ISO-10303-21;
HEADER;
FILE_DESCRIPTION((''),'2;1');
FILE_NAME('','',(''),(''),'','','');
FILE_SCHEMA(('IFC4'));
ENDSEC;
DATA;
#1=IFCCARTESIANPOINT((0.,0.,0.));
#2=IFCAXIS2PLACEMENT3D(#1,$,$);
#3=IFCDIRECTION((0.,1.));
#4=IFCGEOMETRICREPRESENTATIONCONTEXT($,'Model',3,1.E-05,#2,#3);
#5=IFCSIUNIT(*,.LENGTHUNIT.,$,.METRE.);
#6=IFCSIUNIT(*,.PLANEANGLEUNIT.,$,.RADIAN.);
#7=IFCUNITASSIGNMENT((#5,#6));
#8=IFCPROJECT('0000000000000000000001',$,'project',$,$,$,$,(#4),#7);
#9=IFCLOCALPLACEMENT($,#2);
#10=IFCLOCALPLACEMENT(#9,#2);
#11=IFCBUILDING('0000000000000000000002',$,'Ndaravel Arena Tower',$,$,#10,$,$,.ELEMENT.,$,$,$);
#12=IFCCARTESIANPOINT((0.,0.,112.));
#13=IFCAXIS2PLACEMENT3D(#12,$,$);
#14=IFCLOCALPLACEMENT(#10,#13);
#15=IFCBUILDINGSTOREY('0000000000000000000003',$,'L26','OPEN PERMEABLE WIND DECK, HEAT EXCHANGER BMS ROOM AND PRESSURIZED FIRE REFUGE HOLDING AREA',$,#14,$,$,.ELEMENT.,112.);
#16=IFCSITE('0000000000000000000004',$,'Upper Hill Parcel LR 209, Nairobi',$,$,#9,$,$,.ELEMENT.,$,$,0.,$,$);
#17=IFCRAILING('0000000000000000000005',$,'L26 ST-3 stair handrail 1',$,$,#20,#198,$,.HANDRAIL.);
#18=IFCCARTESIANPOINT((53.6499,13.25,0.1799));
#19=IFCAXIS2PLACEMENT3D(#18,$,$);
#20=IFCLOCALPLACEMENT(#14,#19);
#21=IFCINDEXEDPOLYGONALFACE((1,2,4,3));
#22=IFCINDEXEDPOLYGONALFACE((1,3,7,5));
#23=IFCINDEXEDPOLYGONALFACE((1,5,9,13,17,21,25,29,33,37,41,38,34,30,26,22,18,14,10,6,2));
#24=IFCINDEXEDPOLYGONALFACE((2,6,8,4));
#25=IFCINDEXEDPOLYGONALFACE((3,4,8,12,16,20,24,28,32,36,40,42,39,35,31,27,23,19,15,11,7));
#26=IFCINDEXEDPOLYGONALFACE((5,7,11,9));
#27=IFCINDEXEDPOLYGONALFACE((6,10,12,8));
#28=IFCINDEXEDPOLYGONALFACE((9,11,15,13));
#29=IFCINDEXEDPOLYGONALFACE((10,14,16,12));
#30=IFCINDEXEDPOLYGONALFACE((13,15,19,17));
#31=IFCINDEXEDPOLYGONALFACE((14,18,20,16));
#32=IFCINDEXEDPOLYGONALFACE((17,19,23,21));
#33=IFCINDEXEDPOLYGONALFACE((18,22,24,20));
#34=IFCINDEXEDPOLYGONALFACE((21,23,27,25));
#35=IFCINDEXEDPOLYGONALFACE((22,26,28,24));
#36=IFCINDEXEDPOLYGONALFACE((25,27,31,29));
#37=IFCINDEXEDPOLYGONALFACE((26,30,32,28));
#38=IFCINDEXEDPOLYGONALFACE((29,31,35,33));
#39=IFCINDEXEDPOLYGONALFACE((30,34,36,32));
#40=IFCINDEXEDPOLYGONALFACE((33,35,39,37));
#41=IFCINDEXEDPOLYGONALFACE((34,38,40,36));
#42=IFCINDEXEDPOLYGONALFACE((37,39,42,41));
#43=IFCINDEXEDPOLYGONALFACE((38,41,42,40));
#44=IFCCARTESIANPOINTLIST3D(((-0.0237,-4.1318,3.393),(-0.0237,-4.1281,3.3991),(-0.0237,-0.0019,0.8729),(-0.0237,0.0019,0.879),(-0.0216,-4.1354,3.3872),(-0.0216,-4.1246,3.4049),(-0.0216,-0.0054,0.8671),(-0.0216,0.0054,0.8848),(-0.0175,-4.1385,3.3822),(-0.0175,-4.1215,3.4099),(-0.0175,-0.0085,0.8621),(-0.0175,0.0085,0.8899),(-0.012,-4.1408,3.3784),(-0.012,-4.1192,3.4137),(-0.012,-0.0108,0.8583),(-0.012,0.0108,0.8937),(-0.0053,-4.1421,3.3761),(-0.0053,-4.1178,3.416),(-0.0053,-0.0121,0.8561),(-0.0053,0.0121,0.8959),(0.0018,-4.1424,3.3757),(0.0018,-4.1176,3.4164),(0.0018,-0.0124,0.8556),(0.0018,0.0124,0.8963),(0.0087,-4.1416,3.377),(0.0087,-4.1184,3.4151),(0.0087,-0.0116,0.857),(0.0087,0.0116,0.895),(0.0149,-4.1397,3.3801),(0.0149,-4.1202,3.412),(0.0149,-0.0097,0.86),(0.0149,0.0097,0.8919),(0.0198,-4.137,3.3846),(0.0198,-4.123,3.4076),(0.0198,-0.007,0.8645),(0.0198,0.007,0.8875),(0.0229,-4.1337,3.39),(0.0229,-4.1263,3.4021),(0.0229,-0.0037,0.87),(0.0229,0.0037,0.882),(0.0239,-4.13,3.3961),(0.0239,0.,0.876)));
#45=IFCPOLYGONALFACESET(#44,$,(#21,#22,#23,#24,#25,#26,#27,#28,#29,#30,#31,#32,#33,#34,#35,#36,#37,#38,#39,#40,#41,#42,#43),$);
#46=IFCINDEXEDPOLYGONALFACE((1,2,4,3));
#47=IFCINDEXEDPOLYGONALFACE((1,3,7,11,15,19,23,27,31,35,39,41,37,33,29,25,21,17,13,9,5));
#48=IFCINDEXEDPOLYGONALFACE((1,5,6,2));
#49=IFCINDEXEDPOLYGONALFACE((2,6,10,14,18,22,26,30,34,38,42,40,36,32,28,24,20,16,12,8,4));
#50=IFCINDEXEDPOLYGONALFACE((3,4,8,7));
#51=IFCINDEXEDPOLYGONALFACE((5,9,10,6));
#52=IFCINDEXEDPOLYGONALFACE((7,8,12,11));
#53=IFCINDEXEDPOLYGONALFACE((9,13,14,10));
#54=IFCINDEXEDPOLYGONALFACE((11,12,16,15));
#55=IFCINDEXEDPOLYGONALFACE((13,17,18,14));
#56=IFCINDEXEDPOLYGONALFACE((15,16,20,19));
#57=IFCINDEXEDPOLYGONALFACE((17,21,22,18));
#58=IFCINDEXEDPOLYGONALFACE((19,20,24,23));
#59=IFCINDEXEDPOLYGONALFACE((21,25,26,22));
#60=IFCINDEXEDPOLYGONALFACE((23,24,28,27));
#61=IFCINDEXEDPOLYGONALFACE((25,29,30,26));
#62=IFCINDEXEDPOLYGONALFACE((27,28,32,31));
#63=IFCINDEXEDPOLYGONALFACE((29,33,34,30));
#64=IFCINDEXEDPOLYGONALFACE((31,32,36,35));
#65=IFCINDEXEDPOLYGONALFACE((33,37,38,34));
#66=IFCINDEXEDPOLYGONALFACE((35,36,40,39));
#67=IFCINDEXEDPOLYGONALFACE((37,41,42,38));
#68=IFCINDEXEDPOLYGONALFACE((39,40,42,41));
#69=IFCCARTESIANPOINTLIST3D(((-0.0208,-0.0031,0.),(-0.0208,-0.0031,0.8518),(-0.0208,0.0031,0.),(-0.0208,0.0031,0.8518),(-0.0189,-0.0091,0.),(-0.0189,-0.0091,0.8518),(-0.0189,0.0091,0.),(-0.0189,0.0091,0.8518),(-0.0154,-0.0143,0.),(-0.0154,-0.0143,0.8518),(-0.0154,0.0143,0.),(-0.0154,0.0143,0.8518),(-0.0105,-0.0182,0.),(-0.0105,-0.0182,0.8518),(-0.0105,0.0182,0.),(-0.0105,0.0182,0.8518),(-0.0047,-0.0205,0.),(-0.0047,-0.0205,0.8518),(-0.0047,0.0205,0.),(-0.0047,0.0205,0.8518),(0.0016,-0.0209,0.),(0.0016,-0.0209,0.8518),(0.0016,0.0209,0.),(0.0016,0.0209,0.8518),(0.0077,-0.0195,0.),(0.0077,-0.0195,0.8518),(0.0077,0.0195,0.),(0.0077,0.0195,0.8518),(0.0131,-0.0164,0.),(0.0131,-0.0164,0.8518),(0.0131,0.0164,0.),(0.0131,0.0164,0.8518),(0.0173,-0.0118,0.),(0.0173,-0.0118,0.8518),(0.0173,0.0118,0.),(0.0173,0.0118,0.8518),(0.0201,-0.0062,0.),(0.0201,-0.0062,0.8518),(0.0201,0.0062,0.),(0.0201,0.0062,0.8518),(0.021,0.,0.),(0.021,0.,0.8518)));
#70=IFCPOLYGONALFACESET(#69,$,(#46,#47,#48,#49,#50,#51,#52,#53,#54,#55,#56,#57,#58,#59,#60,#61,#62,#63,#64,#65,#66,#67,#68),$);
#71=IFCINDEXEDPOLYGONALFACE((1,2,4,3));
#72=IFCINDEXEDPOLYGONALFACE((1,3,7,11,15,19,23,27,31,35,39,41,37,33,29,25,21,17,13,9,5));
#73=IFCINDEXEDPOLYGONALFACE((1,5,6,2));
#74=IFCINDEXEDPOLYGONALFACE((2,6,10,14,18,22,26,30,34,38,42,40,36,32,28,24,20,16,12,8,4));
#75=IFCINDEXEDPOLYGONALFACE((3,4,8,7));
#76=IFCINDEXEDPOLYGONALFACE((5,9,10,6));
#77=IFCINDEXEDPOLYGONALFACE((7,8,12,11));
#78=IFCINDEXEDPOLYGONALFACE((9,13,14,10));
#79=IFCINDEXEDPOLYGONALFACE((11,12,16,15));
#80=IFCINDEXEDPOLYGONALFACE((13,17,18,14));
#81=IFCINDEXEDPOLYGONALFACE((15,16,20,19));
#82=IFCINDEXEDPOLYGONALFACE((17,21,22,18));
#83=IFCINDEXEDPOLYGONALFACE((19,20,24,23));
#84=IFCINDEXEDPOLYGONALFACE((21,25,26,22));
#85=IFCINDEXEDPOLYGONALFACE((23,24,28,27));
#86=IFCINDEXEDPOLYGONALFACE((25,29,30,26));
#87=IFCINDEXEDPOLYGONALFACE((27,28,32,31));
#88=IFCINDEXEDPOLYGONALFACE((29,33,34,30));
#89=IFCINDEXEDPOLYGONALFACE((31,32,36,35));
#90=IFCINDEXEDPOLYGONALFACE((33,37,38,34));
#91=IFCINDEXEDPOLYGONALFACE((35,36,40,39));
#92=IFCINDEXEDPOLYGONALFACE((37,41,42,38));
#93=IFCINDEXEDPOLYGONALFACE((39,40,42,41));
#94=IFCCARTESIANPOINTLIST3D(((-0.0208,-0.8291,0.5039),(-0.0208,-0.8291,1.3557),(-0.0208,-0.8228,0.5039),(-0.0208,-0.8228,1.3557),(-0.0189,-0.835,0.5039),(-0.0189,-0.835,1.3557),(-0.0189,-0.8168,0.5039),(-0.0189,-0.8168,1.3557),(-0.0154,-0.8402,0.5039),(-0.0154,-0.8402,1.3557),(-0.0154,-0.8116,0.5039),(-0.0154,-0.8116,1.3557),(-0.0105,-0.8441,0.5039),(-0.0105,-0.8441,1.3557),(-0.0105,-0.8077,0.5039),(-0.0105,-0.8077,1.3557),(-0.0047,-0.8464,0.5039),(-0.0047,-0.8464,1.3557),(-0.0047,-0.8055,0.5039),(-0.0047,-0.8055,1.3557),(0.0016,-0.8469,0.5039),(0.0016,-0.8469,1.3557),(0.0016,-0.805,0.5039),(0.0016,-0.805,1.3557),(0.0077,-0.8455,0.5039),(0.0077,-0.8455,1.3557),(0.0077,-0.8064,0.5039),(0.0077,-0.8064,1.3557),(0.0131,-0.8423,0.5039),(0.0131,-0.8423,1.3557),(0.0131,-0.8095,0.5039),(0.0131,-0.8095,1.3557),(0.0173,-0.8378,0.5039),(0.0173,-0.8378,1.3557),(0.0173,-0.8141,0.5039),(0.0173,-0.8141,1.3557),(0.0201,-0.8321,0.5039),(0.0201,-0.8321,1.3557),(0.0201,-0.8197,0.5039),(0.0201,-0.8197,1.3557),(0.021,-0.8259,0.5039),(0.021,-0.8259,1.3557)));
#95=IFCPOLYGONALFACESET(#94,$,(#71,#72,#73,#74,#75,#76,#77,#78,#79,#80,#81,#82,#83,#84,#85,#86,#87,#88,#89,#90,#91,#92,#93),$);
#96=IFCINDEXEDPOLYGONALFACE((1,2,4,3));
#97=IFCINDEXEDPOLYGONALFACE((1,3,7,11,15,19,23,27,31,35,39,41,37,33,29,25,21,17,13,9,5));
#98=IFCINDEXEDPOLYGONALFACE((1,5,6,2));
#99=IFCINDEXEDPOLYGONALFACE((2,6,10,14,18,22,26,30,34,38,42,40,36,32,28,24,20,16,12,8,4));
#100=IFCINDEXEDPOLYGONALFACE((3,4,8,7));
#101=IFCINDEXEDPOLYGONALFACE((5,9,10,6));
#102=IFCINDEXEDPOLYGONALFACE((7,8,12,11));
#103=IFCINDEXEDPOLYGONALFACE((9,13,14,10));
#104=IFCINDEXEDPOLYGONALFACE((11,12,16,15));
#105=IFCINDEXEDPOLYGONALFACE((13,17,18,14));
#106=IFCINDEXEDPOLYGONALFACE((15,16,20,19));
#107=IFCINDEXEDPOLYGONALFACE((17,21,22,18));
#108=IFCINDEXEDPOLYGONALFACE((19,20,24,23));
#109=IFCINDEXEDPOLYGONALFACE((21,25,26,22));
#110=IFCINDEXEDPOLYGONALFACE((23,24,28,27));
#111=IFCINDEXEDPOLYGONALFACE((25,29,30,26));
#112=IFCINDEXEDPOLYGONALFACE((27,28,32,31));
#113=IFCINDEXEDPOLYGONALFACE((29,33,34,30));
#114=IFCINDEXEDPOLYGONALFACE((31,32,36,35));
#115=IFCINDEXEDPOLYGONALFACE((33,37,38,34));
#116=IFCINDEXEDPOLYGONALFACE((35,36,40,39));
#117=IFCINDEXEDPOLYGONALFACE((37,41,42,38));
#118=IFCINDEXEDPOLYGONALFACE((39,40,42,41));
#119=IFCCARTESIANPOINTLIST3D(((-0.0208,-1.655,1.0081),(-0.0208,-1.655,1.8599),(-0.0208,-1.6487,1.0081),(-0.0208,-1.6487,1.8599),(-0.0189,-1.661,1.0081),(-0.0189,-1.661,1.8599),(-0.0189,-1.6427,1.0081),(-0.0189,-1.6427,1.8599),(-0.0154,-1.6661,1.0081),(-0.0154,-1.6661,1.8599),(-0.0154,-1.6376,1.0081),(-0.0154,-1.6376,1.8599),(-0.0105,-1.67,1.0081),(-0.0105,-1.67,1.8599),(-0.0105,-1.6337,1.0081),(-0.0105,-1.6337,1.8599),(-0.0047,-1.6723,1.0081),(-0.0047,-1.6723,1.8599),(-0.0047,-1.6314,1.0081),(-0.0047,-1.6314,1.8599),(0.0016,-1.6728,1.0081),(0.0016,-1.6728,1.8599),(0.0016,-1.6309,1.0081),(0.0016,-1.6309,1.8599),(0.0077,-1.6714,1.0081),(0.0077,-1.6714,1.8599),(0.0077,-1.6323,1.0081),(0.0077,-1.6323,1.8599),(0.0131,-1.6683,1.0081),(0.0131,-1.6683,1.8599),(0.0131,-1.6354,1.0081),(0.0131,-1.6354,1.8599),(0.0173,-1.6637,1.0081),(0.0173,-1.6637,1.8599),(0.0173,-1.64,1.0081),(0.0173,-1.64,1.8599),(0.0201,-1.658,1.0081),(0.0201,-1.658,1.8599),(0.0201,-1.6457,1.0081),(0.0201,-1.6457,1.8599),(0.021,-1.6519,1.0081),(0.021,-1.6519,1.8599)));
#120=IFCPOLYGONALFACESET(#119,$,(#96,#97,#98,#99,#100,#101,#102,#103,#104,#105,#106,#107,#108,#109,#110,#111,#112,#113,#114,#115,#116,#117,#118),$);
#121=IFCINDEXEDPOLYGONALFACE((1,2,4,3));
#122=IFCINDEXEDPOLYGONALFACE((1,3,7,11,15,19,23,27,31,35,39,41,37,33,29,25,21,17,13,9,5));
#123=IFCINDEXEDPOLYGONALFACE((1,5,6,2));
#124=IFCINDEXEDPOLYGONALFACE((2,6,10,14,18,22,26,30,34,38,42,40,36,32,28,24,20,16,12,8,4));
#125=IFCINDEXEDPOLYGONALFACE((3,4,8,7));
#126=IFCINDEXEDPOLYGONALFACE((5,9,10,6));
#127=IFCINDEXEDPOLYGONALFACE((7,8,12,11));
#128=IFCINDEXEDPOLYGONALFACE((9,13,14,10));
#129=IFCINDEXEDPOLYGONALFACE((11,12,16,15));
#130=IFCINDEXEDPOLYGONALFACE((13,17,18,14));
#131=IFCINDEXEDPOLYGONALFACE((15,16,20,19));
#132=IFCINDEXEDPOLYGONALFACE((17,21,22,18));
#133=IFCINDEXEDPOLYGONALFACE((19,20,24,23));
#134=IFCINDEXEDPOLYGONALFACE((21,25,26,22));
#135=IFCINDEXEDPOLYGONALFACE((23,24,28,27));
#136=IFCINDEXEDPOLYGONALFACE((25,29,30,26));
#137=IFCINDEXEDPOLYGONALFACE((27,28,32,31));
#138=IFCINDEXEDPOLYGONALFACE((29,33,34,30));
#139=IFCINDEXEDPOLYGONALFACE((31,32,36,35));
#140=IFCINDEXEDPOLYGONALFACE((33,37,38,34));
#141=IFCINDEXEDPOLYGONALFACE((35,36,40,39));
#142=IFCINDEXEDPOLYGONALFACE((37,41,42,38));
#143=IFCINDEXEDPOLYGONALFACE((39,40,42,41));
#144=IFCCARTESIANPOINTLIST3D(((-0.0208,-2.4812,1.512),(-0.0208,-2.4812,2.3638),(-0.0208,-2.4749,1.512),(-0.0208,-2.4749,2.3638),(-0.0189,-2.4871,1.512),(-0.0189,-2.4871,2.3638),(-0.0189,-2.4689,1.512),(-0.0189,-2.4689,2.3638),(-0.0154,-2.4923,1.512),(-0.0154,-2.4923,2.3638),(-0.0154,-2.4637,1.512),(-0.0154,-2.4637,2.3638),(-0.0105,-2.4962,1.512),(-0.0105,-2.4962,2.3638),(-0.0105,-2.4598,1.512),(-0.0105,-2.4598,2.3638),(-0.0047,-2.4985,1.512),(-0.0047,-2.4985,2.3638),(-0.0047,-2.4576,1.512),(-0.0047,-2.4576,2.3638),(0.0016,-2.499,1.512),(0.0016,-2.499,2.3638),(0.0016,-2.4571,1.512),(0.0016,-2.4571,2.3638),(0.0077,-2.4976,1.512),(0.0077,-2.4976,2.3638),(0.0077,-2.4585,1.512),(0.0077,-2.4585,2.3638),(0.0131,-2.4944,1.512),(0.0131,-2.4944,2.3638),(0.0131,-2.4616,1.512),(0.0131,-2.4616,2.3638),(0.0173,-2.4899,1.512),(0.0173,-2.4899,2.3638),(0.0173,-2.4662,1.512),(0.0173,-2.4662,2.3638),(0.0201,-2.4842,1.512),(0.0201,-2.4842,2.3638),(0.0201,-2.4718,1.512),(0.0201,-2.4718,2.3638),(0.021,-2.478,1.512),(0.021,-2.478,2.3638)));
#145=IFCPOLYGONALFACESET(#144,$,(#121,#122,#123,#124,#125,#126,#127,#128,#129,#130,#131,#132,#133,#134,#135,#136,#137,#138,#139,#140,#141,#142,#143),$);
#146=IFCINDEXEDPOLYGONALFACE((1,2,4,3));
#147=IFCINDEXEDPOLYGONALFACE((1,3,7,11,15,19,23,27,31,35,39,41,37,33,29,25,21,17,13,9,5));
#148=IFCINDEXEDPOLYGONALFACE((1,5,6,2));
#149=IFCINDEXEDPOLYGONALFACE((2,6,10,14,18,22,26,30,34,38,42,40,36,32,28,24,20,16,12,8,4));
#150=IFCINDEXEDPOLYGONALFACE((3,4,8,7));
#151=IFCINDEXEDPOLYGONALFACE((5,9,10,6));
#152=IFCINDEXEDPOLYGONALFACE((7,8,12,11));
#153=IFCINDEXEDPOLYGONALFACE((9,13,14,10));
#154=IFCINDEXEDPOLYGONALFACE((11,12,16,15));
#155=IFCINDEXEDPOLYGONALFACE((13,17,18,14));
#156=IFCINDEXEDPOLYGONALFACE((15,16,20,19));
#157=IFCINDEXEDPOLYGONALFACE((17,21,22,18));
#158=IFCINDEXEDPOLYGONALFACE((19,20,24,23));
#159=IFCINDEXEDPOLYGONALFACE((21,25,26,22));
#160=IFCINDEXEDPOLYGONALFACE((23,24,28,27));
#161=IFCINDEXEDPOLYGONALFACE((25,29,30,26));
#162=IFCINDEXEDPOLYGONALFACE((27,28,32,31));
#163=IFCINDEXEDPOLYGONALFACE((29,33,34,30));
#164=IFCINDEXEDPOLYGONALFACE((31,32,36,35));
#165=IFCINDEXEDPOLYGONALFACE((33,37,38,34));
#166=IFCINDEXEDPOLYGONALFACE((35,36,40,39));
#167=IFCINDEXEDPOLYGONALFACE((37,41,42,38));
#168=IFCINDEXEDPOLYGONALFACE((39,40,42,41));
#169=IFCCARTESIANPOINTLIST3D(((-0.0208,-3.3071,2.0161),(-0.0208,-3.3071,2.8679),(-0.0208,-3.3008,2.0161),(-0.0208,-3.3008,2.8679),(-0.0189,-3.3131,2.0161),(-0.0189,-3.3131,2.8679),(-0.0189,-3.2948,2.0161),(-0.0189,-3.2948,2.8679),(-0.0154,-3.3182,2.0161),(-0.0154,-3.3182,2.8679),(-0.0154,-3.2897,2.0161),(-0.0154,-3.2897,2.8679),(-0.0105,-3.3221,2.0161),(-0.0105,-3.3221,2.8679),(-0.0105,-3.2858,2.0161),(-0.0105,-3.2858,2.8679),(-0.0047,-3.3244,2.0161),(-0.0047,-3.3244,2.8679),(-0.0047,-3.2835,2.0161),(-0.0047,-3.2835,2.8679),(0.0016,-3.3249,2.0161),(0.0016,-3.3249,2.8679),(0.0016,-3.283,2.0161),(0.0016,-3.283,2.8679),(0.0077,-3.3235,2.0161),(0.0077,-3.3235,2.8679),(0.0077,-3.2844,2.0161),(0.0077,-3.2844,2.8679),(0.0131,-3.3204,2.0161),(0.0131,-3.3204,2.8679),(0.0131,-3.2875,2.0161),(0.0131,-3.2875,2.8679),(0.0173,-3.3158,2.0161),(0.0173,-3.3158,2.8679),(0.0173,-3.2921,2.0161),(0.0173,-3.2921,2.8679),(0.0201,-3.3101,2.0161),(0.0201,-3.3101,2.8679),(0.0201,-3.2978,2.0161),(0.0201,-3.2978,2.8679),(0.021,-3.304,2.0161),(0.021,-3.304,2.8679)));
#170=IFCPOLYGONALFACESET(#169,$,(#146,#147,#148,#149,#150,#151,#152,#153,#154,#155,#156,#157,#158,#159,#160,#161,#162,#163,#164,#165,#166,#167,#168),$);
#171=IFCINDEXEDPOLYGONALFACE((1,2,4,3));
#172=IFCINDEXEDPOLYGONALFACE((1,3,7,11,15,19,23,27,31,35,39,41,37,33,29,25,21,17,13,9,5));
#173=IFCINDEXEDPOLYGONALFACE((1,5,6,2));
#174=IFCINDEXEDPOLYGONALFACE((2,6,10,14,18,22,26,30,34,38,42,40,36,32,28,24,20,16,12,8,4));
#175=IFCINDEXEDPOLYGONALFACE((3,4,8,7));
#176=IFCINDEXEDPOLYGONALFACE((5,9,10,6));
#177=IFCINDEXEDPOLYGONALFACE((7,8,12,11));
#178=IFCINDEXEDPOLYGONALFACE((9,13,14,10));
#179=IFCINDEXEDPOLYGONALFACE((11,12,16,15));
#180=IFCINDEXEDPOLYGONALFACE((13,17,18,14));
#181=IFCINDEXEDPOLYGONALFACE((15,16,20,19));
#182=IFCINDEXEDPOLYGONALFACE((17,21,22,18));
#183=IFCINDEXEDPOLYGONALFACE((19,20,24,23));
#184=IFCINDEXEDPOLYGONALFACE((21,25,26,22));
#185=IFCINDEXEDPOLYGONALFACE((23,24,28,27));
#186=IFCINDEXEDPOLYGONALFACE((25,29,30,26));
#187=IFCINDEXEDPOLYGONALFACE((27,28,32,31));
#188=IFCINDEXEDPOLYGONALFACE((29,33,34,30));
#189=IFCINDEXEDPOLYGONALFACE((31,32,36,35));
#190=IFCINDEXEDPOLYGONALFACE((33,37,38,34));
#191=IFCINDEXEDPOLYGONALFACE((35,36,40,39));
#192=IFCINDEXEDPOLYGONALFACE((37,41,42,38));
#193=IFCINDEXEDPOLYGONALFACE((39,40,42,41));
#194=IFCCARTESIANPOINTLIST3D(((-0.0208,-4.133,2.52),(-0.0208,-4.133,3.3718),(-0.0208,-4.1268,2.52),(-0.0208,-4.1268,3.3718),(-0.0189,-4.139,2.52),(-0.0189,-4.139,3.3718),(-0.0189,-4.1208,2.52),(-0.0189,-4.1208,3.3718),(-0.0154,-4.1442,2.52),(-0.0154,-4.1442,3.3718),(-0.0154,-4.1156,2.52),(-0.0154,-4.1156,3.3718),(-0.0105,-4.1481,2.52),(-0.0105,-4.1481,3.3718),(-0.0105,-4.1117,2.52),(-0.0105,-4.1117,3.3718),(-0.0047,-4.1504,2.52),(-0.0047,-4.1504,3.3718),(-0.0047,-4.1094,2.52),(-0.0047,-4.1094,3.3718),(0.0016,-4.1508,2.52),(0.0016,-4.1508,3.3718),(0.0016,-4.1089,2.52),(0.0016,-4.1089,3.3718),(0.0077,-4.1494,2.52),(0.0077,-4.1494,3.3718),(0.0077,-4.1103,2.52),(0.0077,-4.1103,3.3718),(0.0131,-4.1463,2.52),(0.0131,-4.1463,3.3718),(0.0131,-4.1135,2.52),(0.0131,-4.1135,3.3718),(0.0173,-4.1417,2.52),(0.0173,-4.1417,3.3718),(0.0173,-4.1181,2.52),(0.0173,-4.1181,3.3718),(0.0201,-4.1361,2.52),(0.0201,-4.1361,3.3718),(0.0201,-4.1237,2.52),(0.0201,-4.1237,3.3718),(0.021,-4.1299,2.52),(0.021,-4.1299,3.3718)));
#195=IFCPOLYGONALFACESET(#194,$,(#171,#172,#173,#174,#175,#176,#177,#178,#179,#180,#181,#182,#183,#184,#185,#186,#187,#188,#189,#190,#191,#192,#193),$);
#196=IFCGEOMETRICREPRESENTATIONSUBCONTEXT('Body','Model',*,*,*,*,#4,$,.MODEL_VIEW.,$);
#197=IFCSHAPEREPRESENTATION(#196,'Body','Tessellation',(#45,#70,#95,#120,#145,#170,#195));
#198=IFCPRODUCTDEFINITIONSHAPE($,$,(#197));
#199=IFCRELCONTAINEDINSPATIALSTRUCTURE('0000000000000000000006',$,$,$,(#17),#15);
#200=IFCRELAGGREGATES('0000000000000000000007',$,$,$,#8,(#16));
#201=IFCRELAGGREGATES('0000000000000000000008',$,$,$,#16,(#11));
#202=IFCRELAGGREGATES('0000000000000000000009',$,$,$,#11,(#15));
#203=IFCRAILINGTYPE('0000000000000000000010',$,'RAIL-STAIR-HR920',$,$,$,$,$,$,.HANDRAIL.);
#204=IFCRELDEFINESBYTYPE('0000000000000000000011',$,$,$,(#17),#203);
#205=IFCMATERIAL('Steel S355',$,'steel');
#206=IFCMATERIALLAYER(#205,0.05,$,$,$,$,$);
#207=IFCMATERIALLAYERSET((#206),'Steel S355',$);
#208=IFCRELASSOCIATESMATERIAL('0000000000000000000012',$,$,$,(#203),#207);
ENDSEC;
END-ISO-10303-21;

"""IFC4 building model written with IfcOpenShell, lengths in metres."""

from ifc_helpers import new_model, si_unit, direction, frame, origin, origin_2d, place, context, subcontext, project, spatial, circle, extrude, material, layer, layer_set, type_object, element, save


model = new_model("IFC4")

# Units and contexts
model_context = context("Model", 3, precision=1e-05, world=origin(), true_north=direction((0.0, 1.0)))
body_context = subcontext(model_context, "Body", "Model", "MODEL_VIEW")
ifc_project = project(units=[si_unit("LENGTHUNIT", "METRE"), si_unit("PLANEANGLEUNIT", "RADIAN")], contexts=[model_context])

# Site, building, storey
site_placement = place(None, origin())
site = spatial("IfcSite", under=ifc_project, at=site_placement, Name="Upper Hill Parcel LR 209, Nairobi", CompositionType="ELEMENT", RefElevation=0.0)
building_placement = place(site_placement, origin())
building = spatial("IfcBuilding", under=site, at=building_placement, Name="Ndaravel Arena Tower", CompositionType="ELEMENT")
storey_placement = place(building_placement, frame((0.0, 0.0, 112.0)))
storey = spatial("IfcBuildingStorey", under=building, at=storey_placement, Name="L26", Description="OPEN PERMEABLE WIND DECK, HEAT EXCHANGER BMS ROOM AND PRESSURIZED FIRE REFUGE HOLDING AREA", CompositionType="ELEMENT", Elevation=112.0)

# Railing
ifc_material_1 = material(Name="Steel S355", Category="steel")
ifc_layer_1 = layer(ifc_material_1, 0.05)
ifc_layer_set_1 = layer_set([ifc_layer_1], Name="Steel S355")
railing_type_1 = type_object("IfcRailingType", Name="RAIL-STAIR-HR920", PredefinedType="HANDRAIL", material=ifc_layer_set_1)
railing_1_placement = place(storey_placement, frame((53.6499, 13.25, 0.1799)))
element("IfcRailing", 1, at=railing_1_placement, inside=storey, type_object=railing_type_1, Name="L26 ST-3 stair handrail 1", PredefinedType="HANDRAIL", context=body_context, shape_type="SweptSolid", body=[
    extrude(circle(Radius=0.0239, at=origin_2d()), frame((0.0, 0.0, 0.876), z_axis=(0.0, -0.853631, 0.520878), x_axis=(1.0, 0.0, 0.0)), (0.0, 0.0, 1.0), 4.8381),
    extrude(circle(Radius=0.021, at=origin_2d()), origin(), (0.0, 0.0, 1.0), 0.8518),
    extrude(circle(Radius=0.021, at=origin_2d()), frame((0.0, -0.8259, 0.5039)), (0.0, 0.0, 1.0), 0.8518),
    extrude(circle(Radius=0.021, at=origin_2d()), frame((0.0, -1.6519, 1.0081)), (0.0, 0.0, 1.0), 0.8518),
    extrude(circle(Radius=0.021, at=origin_2d()), frame((0.0, -2.478, 1.512)), (0.0, 0.0, 1.0), 0.8518),
    extrude(circle(Radius=0.021, at=origin_2d()), frame((0.0, -3.304, 2.0161)), (0.0, 0.0, 1.0), 0.8518),
    extrude(circle(Radius=0.021, at=origin_2d()), frame((0.0, -4.1299, 2.52)), (0.0, 0.0, 1.0), 0.8518),
])

save(model, "model.ifc")
